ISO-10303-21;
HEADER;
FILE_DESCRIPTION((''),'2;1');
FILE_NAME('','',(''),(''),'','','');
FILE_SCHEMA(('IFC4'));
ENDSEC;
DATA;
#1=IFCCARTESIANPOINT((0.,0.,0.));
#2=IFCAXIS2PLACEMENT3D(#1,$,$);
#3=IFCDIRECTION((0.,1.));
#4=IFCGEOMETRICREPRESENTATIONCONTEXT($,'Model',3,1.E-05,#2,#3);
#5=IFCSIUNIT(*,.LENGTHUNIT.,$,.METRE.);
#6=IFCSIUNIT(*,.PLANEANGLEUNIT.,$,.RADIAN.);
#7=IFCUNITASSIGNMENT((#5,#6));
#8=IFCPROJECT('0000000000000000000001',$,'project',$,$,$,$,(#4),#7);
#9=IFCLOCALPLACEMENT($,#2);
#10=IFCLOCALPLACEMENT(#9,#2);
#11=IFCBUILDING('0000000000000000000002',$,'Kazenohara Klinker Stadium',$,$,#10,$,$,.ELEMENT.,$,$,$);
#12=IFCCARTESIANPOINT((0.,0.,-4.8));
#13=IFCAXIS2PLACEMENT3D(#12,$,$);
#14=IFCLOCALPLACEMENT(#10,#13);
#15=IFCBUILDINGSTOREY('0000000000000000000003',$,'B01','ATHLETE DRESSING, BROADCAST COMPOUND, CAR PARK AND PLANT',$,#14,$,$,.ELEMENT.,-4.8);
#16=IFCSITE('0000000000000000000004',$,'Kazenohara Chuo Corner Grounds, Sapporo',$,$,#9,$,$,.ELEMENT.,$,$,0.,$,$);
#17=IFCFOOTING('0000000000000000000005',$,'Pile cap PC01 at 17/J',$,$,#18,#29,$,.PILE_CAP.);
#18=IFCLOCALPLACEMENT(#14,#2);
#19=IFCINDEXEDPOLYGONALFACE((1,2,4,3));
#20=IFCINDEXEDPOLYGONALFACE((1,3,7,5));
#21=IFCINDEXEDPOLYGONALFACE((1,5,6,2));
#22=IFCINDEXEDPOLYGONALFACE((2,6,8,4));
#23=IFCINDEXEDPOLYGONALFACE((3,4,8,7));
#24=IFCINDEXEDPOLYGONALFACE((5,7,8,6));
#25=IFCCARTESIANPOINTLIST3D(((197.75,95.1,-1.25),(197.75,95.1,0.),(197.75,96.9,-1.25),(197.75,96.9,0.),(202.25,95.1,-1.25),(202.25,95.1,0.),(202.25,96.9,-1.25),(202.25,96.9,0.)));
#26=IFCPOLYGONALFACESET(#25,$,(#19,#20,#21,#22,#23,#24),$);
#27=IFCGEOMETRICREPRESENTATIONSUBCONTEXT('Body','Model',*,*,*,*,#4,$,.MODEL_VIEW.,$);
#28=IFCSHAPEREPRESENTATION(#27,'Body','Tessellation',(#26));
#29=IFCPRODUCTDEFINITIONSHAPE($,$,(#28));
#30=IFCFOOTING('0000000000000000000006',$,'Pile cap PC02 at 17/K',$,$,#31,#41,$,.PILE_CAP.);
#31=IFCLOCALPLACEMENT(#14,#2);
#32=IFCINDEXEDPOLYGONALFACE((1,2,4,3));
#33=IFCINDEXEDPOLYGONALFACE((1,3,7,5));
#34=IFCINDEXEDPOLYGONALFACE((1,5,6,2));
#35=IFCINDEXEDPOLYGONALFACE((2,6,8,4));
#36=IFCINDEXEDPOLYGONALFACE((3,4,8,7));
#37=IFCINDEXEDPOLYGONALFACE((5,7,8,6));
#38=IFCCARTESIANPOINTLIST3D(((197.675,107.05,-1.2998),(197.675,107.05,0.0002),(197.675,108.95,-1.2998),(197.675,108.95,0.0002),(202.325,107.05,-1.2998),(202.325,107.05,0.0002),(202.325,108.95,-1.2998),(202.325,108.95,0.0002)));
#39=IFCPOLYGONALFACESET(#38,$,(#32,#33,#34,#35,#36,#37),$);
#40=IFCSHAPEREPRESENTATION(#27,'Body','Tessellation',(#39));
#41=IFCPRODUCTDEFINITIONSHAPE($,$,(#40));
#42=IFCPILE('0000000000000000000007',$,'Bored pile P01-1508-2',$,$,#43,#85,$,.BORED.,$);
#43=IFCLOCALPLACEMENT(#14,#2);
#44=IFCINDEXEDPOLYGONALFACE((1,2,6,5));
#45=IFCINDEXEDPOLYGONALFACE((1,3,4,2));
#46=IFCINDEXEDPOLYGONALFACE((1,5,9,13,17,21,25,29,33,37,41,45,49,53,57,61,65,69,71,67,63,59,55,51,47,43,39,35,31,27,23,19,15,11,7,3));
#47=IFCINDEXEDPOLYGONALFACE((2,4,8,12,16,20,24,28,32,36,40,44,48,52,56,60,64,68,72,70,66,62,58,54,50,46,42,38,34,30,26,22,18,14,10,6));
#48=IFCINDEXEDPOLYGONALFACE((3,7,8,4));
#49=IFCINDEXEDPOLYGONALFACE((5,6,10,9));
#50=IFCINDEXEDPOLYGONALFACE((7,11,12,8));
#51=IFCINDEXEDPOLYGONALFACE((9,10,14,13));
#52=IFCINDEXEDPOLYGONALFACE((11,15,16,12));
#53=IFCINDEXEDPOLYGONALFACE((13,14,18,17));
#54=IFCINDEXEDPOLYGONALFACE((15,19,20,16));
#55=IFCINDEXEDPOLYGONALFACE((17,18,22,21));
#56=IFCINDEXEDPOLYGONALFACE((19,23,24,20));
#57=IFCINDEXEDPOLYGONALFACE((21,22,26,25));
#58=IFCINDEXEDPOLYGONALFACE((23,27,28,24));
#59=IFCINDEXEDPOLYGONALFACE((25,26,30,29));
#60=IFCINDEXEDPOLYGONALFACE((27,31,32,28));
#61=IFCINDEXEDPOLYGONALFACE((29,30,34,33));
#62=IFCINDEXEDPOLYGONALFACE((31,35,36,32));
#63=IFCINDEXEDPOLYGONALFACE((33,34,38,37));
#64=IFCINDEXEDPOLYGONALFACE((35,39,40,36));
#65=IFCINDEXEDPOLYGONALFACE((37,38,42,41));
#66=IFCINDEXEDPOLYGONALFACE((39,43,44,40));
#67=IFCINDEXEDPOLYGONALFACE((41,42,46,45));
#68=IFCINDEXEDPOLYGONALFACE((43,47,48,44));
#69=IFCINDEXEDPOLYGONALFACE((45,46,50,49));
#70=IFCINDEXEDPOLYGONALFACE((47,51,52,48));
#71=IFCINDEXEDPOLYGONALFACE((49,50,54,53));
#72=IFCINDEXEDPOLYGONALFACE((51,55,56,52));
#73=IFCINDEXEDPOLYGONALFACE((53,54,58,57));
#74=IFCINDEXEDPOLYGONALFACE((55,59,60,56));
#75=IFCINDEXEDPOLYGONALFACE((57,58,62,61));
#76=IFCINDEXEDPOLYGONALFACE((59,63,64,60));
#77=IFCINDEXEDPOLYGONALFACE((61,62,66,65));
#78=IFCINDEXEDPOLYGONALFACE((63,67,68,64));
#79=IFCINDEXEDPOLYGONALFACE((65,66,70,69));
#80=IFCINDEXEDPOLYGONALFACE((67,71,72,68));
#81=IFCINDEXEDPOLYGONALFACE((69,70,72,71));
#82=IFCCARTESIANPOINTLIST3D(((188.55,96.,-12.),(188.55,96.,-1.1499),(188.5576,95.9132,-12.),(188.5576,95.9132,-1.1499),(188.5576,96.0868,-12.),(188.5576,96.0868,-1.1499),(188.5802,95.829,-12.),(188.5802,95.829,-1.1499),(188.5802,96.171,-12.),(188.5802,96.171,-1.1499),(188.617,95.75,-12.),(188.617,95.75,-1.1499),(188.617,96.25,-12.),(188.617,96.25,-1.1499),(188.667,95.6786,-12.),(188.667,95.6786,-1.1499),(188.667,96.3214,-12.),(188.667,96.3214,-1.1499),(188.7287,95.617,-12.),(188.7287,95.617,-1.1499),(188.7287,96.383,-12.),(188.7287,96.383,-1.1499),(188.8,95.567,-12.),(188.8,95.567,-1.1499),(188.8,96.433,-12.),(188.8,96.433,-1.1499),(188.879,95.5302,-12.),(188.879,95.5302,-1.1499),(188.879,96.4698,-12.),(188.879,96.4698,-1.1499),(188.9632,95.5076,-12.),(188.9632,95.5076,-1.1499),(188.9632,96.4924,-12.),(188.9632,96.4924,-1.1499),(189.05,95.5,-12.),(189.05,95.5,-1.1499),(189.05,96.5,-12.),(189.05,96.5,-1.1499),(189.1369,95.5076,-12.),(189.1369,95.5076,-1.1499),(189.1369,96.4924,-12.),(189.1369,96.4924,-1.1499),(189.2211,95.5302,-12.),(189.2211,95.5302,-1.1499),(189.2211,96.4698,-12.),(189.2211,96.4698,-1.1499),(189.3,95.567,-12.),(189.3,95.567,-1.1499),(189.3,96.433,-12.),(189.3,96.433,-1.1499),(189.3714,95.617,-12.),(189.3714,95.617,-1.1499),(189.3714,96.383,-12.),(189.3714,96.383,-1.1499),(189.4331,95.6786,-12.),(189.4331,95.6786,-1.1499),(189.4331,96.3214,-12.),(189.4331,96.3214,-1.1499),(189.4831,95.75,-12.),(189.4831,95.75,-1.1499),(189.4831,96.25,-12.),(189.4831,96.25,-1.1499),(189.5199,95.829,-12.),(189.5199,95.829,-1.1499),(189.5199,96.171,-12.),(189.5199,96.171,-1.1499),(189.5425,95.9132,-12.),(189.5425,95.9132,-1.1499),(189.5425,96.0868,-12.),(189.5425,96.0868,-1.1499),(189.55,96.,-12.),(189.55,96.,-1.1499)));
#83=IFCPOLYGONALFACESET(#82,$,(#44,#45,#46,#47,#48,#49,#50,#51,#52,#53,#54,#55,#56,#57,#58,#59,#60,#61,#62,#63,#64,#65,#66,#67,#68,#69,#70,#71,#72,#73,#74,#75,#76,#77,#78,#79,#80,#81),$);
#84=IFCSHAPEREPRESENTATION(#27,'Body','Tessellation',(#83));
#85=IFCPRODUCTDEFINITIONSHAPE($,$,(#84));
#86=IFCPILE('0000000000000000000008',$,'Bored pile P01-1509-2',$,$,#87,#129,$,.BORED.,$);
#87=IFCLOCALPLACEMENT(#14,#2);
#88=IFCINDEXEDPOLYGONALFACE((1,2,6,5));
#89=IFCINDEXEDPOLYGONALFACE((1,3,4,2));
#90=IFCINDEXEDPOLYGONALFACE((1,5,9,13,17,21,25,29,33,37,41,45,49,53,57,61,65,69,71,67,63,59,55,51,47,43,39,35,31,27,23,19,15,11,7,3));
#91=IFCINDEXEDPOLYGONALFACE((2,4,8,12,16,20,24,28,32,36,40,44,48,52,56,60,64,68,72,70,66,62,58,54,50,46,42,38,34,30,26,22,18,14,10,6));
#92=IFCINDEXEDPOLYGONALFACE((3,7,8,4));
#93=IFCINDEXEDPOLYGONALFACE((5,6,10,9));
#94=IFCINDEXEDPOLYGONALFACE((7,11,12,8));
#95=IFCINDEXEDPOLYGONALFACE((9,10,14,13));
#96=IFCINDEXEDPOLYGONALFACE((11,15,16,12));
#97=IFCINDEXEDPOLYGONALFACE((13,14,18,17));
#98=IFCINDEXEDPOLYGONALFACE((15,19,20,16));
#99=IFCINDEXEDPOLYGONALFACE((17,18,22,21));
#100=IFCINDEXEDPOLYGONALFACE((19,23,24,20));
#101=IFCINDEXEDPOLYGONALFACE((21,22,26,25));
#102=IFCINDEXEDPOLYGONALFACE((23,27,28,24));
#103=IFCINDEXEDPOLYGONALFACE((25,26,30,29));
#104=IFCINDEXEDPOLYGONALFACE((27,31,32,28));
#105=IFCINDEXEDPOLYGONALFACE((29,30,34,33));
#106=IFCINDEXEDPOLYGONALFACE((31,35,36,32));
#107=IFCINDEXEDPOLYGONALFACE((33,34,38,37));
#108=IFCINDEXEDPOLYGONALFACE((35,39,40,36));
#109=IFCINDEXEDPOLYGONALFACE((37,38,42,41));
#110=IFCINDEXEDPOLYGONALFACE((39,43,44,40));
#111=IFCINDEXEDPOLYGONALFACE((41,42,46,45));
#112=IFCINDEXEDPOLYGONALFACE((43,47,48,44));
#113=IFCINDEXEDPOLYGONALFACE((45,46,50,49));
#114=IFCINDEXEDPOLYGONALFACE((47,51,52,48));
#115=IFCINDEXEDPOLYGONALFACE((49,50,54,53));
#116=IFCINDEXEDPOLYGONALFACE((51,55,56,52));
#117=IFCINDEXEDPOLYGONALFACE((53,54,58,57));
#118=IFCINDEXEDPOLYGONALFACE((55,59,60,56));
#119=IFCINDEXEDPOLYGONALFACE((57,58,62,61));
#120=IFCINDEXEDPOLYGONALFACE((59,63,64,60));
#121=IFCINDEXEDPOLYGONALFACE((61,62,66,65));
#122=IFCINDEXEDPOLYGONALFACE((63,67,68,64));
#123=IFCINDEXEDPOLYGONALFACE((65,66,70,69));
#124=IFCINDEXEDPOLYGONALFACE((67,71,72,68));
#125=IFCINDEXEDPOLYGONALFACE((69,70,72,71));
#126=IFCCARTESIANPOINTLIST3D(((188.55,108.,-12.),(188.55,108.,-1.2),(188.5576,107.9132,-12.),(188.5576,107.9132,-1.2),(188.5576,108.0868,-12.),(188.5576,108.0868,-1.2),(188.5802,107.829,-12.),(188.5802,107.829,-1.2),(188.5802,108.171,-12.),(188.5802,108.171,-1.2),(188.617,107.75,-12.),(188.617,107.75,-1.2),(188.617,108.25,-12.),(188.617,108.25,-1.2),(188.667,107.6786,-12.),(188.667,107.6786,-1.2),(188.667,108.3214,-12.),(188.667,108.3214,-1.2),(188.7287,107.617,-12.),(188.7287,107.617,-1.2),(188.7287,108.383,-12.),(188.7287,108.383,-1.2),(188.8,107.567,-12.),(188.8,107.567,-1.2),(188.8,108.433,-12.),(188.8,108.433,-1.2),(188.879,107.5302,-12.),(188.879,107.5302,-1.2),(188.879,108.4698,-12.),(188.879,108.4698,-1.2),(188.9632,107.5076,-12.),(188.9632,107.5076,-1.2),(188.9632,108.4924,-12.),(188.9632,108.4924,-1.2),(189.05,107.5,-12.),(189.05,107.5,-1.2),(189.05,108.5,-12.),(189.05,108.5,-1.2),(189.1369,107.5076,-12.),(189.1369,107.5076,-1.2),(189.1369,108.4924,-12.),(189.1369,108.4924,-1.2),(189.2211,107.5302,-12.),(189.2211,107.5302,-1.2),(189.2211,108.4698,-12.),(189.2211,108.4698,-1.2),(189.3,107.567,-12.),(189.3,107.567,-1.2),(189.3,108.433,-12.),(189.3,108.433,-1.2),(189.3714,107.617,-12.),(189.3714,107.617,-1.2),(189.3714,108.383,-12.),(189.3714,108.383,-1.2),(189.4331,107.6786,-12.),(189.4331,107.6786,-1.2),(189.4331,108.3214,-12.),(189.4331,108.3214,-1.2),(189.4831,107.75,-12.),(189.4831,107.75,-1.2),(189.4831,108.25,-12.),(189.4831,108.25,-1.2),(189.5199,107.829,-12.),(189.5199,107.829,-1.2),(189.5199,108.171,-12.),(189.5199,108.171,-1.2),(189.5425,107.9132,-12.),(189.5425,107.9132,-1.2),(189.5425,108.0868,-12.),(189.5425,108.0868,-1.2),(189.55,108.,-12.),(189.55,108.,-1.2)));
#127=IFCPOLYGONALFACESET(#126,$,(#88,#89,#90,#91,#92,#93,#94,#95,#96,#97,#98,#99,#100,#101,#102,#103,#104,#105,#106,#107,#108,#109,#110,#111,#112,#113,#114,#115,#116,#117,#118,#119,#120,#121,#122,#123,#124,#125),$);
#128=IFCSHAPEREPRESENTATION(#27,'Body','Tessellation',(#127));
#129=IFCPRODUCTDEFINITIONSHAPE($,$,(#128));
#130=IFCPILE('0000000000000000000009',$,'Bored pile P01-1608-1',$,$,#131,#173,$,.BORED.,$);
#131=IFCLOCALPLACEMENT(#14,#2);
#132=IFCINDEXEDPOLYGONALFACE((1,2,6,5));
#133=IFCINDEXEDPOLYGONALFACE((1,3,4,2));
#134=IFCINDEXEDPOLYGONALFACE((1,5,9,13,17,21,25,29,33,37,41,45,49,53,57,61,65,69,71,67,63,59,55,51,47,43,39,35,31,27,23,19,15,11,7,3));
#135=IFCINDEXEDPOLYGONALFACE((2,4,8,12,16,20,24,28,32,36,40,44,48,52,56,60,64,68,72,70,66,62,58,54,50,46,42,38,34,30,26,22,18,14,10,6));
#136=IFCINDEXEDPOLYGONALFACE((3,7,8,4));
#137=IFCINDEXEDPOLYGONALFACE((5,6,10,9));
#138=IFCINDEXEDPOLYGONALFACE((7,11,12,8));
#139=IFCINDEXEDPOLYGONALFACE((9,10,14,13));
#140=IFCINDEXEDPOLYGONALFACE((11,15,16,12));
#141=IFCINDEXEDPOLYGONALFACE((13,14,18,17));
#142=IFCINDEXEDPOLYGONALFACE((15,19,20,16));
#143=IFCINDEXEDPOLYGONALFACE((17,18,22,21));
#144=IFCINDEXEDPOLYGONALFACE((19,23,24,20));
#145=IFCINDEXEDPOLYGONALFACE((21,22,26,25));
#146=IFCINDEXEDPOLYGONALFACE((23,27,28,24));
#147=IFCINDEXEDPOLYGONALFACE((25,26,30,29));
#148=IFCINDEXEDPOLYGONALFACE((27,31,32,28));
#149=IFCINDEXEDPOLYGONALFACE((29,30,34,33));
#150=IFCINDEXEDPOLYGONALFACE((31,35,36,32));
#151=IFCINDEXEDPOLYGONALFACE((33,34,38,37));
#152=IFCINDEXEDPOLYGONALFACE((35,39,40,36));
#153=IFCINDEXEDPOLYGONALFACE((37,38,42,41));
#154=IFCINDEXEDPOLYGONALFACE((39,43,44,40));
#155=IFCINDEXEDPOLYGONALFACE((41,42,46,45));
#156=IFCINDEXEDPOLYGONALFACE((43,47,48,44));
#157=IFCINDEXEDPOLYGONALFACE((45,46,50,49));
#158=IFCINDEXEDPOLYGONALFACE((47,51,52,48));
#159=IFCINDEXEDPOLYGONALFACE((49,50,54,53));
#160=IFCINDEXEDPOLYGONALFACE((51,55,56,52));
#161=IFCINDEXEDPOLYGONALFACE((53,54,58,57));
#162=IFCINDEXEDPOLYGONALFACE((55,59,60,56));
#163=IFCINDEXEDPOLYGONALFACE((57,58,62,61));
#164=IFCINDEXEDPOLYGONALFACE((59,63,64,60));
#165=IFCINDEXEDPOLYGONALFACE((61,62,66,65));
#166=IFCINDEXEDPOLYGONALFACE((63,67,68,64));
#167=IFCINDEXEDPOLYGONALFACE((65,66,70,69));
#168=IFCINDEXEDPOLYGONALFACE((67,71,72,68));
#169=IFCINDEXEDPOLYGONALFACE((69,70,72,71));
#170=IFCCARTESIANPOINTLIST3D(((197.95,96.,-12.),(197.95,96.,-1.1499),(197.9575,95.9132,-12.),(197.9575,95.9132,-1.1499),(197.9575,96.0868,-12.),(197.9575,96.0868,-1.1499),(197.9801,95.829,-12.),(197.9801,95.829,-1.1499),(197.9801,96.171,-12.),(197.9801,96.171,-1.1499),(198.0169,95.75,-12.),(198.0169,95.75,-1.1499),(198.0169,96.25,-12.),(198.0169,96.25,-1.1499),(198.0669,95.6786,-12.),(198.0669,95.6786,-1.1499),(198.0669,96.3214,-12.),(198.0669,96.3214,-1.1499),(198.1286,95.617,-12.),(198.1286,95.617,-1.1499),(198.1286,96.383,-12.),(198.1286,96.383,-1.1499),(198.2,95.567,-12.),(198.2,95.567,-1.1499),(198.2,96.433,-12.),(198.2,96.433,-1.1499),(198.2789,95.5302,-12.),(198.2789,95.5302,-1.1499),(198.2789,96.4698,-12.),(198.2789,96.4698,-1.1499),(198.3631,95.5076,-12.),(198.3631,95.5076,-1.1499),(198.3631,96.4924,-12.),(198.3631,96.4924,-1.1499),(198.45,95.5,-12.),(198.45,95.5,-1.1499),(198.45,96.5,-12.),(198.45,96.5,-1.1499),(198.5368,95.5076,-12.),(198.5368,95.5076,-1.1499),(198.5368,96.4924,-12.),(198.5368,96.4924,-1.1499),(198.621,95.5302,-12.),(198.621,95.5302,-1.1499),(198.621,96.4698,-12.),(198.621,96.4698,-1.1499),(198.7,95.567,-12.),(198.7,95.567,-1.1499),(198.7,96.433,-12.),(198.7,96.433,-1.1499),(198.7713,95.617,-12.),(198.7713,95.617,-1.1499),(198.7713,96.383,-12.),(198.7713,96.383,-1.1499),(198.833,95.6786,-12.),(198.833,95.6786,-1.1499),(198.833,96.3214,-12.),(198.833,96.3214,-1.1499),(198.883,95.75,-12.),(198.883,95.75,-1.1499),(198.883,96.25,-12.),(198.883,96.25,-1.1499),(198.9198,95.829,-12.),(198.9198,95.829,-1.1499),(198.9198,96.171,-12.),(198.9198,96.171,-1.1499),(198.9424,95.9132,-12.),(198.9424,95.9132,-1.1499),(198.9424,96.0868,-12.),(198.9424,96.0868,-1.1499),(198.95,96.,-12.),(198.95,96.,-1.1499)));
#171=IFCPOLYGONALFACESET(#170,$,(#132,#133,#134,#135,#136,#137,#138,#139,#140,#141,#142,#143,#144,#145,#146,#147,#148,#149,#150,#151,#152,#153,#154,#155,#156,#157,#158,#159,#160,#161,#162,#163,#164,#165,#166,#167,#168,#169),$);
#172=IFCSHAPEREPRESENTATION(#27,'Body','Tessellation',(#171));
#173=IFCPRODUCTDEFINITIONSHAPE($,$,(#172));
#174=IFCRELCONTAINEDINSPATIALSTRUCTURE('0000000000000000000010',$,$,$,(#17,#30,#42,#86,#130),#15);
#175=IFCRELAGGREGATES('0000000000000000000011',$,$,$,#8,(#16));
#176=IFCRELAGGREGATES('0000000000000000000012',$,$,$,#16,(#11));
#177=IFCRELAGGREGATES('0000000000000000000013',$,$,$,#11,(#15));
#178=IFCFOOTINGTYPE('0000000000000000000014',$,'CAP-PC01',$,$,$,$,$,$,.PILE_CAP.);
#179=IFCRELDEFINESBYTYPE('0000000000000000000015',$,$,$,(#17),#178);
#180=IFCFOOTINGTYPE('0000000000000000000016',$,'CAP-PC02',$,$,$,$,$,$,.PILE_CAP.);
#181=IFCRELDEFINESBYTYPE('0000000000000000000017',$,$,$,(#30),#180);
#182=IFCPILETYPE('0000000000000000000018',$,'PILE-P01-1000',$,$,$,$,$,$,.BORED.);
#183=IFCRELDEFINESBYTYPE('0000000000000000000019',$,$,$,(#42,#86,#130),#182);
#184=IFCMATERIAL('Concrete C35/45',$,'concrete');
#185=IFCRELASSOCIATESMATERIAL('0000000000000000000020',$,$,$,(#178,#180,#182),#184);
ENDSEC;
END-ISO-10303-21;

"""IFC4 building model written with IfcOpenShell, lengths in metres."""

from ifc_helpers import new_model, si_unit, direction, frame, origin, origin_2d, place, context, subcontext, project, spatial, rectangle, circle, extrude, material, material_profile, profile_set, type_object, element, save


model = new_model("IFC4")

# Units and contexts
model_context = context("Model", 3, precision=1e-05, world=origin(), true_north=direction((0.0, 1.0)))
body_context = subcontext(model_context, "Body", "Model", "MODEL_VIEW")
ifc_project = project(units=[si_unit("LENGTHUNIT", "METRE"), si_unit("PLANEANGLEUNIT", "RADIAN")], contexts=[model_context])

# Site, building, storey
site_placement = place(None, origin())
site = spatial("IfcSite", under=ifc_project, at=site_placement, Name="Kazenohara Chuo Corner Grounds, Sapporo", CompositionType="ELEMENT", RefElevation=0.0)
building_placement = place(site_placement, origin())
building = spatial("IfcBuilding", under=site, at=building_placement, Name="Kazenohara Klinker Stadium", CompositionType="ELEMENT")
storey_placement = place(building_placement, frame((0.0, 0.0, -4.8)))
storey = spatial("IfcBuildingStorey", under=building, at=storey_placement, Name="B01", Description="ATHLETE DRESSING, BROADCAST COMPOUND, CAR PARK AND PLANT", CompositionType="ELEMENT", Elevation=-4.8)

# Footings
ifc_material_1 = material(Name="Concrete C35/45", Category="concrete")
footing_type_1 = type_object("IfcFootingType", Name="CAP-PC01", PredefinedType="PILE_CAP", material=ifc_material_1)
footing_1_placement = place(storey_placement, frame((200.0, 96.0, -1.25), z_axis=(0.0, 0.0, 1.0), x_axis=(1.0, 0.0, 0.0)))
element("IfcFooting", 1, at=footing_1_placement, inside=storey, type_object=footing_type_1, Name="Pile cap PC01 at 17/J", PredefinedType="PILE_CAP", context=body_context, shape_type="SweptSolid", body=[
    extrude(rectangle(XDim=4.5, YDim=1.8, at=origin_2d()), origin(), (0.0, 0.0, 1.0), 1.25),
])
footing_type_2 = type_object("IfcFootingType", Name="CAP-PC02", PredefinedType="PILE_CAP", material=ifc_material_1)
footing_2_placement = place(storey_placement, frame((200.0, 108.0, -1.2998), z_axis=(0.0, 0.0, 1.0), x_axis=(1.0, 0.0, 0.0)))
element("IfcFooting", 2, at=footing_2_placement, inside=storey, type_object=footing_type_2, Name="Pile cap PC02 at 17/K", PredefinedType="PILE_CAP", context=body_context, shape_type="SweptSolid", body=[
    extrude(rectangle(XDim=4.6499, YDim=1.8999, at=origin_2d()), origin(), (0.0, 0.0, 1.0), 1.3),
])

# Piles
ifc_material_profile_1 = material_profile(ifc_material_1, circle(Radius=0.5, at=origin_2d()), Name="BORED-PILE-1000")
ifc_profile_set_1 = profile_set([ifc_material_profile_1], Name="Concrete C35/45")
pile_type = type_object("IfcPileType", Name="PILE-P01-1000", PredefinedType="BORED", material=ifc_profile_set_1)
pile_1_placement = place(storey_placement, frame((189.05, 96.0, -1.1499), z_axis=(0.0, 0.0, -1.0), x_axis=(1.0, 0.0, 0.0)))
element("IfcPile", 3, at=pile_1_placement, inside=storey, type_object=pile_type, Name="Bored pile P01-1508-2", PredefinedType="BORED", context=body_context, shape_type="SweptSolid", body=[
    extrude(circle(Radius=0.5, at=origin_2d()), origin(), (0.0, 0.0, 1.0), 10.8501),
])
pile_2_placement = place(storey_placement, frame((189.05, 108.0, -1.2), z_axis=(0.0, 0.0, -1.0), x_axis=(1.0, 0.0, 0.0)))
element("IfcPile", 4, at=pile_2_placement, inside=storey, type_object=pile_type, Name="Bored pile P01-1509-2", PredefinedType="BORED", context=body_context, shape_type="SweptSolid", body=[
    extrude(circle(Radius=0.5, at=origin_2d()), origin(), (0.0, 0.0, 1.0), 10.8),
])
pile_3_placement = place(storey_placement, frame((198.45, 96.0, -1.1499), z_axis=(0.0, 0.0, -1.0), x_axis=(1.0, 0.0, 0.0)))
element("IfcPile", 5, at=pile_3_placement, inside=storey, type_object=pile_type, Name="Bored pile P01-1608-1", PredefinedType="BORED", context=body_context, shape_type="SweptSolid", body=[
    extrude(circle(Radius=0.5, at=origin_2d()), origin(), (0.0, 0.0, 1.0), 10.8501),
])

save(model, "model.ifc")
